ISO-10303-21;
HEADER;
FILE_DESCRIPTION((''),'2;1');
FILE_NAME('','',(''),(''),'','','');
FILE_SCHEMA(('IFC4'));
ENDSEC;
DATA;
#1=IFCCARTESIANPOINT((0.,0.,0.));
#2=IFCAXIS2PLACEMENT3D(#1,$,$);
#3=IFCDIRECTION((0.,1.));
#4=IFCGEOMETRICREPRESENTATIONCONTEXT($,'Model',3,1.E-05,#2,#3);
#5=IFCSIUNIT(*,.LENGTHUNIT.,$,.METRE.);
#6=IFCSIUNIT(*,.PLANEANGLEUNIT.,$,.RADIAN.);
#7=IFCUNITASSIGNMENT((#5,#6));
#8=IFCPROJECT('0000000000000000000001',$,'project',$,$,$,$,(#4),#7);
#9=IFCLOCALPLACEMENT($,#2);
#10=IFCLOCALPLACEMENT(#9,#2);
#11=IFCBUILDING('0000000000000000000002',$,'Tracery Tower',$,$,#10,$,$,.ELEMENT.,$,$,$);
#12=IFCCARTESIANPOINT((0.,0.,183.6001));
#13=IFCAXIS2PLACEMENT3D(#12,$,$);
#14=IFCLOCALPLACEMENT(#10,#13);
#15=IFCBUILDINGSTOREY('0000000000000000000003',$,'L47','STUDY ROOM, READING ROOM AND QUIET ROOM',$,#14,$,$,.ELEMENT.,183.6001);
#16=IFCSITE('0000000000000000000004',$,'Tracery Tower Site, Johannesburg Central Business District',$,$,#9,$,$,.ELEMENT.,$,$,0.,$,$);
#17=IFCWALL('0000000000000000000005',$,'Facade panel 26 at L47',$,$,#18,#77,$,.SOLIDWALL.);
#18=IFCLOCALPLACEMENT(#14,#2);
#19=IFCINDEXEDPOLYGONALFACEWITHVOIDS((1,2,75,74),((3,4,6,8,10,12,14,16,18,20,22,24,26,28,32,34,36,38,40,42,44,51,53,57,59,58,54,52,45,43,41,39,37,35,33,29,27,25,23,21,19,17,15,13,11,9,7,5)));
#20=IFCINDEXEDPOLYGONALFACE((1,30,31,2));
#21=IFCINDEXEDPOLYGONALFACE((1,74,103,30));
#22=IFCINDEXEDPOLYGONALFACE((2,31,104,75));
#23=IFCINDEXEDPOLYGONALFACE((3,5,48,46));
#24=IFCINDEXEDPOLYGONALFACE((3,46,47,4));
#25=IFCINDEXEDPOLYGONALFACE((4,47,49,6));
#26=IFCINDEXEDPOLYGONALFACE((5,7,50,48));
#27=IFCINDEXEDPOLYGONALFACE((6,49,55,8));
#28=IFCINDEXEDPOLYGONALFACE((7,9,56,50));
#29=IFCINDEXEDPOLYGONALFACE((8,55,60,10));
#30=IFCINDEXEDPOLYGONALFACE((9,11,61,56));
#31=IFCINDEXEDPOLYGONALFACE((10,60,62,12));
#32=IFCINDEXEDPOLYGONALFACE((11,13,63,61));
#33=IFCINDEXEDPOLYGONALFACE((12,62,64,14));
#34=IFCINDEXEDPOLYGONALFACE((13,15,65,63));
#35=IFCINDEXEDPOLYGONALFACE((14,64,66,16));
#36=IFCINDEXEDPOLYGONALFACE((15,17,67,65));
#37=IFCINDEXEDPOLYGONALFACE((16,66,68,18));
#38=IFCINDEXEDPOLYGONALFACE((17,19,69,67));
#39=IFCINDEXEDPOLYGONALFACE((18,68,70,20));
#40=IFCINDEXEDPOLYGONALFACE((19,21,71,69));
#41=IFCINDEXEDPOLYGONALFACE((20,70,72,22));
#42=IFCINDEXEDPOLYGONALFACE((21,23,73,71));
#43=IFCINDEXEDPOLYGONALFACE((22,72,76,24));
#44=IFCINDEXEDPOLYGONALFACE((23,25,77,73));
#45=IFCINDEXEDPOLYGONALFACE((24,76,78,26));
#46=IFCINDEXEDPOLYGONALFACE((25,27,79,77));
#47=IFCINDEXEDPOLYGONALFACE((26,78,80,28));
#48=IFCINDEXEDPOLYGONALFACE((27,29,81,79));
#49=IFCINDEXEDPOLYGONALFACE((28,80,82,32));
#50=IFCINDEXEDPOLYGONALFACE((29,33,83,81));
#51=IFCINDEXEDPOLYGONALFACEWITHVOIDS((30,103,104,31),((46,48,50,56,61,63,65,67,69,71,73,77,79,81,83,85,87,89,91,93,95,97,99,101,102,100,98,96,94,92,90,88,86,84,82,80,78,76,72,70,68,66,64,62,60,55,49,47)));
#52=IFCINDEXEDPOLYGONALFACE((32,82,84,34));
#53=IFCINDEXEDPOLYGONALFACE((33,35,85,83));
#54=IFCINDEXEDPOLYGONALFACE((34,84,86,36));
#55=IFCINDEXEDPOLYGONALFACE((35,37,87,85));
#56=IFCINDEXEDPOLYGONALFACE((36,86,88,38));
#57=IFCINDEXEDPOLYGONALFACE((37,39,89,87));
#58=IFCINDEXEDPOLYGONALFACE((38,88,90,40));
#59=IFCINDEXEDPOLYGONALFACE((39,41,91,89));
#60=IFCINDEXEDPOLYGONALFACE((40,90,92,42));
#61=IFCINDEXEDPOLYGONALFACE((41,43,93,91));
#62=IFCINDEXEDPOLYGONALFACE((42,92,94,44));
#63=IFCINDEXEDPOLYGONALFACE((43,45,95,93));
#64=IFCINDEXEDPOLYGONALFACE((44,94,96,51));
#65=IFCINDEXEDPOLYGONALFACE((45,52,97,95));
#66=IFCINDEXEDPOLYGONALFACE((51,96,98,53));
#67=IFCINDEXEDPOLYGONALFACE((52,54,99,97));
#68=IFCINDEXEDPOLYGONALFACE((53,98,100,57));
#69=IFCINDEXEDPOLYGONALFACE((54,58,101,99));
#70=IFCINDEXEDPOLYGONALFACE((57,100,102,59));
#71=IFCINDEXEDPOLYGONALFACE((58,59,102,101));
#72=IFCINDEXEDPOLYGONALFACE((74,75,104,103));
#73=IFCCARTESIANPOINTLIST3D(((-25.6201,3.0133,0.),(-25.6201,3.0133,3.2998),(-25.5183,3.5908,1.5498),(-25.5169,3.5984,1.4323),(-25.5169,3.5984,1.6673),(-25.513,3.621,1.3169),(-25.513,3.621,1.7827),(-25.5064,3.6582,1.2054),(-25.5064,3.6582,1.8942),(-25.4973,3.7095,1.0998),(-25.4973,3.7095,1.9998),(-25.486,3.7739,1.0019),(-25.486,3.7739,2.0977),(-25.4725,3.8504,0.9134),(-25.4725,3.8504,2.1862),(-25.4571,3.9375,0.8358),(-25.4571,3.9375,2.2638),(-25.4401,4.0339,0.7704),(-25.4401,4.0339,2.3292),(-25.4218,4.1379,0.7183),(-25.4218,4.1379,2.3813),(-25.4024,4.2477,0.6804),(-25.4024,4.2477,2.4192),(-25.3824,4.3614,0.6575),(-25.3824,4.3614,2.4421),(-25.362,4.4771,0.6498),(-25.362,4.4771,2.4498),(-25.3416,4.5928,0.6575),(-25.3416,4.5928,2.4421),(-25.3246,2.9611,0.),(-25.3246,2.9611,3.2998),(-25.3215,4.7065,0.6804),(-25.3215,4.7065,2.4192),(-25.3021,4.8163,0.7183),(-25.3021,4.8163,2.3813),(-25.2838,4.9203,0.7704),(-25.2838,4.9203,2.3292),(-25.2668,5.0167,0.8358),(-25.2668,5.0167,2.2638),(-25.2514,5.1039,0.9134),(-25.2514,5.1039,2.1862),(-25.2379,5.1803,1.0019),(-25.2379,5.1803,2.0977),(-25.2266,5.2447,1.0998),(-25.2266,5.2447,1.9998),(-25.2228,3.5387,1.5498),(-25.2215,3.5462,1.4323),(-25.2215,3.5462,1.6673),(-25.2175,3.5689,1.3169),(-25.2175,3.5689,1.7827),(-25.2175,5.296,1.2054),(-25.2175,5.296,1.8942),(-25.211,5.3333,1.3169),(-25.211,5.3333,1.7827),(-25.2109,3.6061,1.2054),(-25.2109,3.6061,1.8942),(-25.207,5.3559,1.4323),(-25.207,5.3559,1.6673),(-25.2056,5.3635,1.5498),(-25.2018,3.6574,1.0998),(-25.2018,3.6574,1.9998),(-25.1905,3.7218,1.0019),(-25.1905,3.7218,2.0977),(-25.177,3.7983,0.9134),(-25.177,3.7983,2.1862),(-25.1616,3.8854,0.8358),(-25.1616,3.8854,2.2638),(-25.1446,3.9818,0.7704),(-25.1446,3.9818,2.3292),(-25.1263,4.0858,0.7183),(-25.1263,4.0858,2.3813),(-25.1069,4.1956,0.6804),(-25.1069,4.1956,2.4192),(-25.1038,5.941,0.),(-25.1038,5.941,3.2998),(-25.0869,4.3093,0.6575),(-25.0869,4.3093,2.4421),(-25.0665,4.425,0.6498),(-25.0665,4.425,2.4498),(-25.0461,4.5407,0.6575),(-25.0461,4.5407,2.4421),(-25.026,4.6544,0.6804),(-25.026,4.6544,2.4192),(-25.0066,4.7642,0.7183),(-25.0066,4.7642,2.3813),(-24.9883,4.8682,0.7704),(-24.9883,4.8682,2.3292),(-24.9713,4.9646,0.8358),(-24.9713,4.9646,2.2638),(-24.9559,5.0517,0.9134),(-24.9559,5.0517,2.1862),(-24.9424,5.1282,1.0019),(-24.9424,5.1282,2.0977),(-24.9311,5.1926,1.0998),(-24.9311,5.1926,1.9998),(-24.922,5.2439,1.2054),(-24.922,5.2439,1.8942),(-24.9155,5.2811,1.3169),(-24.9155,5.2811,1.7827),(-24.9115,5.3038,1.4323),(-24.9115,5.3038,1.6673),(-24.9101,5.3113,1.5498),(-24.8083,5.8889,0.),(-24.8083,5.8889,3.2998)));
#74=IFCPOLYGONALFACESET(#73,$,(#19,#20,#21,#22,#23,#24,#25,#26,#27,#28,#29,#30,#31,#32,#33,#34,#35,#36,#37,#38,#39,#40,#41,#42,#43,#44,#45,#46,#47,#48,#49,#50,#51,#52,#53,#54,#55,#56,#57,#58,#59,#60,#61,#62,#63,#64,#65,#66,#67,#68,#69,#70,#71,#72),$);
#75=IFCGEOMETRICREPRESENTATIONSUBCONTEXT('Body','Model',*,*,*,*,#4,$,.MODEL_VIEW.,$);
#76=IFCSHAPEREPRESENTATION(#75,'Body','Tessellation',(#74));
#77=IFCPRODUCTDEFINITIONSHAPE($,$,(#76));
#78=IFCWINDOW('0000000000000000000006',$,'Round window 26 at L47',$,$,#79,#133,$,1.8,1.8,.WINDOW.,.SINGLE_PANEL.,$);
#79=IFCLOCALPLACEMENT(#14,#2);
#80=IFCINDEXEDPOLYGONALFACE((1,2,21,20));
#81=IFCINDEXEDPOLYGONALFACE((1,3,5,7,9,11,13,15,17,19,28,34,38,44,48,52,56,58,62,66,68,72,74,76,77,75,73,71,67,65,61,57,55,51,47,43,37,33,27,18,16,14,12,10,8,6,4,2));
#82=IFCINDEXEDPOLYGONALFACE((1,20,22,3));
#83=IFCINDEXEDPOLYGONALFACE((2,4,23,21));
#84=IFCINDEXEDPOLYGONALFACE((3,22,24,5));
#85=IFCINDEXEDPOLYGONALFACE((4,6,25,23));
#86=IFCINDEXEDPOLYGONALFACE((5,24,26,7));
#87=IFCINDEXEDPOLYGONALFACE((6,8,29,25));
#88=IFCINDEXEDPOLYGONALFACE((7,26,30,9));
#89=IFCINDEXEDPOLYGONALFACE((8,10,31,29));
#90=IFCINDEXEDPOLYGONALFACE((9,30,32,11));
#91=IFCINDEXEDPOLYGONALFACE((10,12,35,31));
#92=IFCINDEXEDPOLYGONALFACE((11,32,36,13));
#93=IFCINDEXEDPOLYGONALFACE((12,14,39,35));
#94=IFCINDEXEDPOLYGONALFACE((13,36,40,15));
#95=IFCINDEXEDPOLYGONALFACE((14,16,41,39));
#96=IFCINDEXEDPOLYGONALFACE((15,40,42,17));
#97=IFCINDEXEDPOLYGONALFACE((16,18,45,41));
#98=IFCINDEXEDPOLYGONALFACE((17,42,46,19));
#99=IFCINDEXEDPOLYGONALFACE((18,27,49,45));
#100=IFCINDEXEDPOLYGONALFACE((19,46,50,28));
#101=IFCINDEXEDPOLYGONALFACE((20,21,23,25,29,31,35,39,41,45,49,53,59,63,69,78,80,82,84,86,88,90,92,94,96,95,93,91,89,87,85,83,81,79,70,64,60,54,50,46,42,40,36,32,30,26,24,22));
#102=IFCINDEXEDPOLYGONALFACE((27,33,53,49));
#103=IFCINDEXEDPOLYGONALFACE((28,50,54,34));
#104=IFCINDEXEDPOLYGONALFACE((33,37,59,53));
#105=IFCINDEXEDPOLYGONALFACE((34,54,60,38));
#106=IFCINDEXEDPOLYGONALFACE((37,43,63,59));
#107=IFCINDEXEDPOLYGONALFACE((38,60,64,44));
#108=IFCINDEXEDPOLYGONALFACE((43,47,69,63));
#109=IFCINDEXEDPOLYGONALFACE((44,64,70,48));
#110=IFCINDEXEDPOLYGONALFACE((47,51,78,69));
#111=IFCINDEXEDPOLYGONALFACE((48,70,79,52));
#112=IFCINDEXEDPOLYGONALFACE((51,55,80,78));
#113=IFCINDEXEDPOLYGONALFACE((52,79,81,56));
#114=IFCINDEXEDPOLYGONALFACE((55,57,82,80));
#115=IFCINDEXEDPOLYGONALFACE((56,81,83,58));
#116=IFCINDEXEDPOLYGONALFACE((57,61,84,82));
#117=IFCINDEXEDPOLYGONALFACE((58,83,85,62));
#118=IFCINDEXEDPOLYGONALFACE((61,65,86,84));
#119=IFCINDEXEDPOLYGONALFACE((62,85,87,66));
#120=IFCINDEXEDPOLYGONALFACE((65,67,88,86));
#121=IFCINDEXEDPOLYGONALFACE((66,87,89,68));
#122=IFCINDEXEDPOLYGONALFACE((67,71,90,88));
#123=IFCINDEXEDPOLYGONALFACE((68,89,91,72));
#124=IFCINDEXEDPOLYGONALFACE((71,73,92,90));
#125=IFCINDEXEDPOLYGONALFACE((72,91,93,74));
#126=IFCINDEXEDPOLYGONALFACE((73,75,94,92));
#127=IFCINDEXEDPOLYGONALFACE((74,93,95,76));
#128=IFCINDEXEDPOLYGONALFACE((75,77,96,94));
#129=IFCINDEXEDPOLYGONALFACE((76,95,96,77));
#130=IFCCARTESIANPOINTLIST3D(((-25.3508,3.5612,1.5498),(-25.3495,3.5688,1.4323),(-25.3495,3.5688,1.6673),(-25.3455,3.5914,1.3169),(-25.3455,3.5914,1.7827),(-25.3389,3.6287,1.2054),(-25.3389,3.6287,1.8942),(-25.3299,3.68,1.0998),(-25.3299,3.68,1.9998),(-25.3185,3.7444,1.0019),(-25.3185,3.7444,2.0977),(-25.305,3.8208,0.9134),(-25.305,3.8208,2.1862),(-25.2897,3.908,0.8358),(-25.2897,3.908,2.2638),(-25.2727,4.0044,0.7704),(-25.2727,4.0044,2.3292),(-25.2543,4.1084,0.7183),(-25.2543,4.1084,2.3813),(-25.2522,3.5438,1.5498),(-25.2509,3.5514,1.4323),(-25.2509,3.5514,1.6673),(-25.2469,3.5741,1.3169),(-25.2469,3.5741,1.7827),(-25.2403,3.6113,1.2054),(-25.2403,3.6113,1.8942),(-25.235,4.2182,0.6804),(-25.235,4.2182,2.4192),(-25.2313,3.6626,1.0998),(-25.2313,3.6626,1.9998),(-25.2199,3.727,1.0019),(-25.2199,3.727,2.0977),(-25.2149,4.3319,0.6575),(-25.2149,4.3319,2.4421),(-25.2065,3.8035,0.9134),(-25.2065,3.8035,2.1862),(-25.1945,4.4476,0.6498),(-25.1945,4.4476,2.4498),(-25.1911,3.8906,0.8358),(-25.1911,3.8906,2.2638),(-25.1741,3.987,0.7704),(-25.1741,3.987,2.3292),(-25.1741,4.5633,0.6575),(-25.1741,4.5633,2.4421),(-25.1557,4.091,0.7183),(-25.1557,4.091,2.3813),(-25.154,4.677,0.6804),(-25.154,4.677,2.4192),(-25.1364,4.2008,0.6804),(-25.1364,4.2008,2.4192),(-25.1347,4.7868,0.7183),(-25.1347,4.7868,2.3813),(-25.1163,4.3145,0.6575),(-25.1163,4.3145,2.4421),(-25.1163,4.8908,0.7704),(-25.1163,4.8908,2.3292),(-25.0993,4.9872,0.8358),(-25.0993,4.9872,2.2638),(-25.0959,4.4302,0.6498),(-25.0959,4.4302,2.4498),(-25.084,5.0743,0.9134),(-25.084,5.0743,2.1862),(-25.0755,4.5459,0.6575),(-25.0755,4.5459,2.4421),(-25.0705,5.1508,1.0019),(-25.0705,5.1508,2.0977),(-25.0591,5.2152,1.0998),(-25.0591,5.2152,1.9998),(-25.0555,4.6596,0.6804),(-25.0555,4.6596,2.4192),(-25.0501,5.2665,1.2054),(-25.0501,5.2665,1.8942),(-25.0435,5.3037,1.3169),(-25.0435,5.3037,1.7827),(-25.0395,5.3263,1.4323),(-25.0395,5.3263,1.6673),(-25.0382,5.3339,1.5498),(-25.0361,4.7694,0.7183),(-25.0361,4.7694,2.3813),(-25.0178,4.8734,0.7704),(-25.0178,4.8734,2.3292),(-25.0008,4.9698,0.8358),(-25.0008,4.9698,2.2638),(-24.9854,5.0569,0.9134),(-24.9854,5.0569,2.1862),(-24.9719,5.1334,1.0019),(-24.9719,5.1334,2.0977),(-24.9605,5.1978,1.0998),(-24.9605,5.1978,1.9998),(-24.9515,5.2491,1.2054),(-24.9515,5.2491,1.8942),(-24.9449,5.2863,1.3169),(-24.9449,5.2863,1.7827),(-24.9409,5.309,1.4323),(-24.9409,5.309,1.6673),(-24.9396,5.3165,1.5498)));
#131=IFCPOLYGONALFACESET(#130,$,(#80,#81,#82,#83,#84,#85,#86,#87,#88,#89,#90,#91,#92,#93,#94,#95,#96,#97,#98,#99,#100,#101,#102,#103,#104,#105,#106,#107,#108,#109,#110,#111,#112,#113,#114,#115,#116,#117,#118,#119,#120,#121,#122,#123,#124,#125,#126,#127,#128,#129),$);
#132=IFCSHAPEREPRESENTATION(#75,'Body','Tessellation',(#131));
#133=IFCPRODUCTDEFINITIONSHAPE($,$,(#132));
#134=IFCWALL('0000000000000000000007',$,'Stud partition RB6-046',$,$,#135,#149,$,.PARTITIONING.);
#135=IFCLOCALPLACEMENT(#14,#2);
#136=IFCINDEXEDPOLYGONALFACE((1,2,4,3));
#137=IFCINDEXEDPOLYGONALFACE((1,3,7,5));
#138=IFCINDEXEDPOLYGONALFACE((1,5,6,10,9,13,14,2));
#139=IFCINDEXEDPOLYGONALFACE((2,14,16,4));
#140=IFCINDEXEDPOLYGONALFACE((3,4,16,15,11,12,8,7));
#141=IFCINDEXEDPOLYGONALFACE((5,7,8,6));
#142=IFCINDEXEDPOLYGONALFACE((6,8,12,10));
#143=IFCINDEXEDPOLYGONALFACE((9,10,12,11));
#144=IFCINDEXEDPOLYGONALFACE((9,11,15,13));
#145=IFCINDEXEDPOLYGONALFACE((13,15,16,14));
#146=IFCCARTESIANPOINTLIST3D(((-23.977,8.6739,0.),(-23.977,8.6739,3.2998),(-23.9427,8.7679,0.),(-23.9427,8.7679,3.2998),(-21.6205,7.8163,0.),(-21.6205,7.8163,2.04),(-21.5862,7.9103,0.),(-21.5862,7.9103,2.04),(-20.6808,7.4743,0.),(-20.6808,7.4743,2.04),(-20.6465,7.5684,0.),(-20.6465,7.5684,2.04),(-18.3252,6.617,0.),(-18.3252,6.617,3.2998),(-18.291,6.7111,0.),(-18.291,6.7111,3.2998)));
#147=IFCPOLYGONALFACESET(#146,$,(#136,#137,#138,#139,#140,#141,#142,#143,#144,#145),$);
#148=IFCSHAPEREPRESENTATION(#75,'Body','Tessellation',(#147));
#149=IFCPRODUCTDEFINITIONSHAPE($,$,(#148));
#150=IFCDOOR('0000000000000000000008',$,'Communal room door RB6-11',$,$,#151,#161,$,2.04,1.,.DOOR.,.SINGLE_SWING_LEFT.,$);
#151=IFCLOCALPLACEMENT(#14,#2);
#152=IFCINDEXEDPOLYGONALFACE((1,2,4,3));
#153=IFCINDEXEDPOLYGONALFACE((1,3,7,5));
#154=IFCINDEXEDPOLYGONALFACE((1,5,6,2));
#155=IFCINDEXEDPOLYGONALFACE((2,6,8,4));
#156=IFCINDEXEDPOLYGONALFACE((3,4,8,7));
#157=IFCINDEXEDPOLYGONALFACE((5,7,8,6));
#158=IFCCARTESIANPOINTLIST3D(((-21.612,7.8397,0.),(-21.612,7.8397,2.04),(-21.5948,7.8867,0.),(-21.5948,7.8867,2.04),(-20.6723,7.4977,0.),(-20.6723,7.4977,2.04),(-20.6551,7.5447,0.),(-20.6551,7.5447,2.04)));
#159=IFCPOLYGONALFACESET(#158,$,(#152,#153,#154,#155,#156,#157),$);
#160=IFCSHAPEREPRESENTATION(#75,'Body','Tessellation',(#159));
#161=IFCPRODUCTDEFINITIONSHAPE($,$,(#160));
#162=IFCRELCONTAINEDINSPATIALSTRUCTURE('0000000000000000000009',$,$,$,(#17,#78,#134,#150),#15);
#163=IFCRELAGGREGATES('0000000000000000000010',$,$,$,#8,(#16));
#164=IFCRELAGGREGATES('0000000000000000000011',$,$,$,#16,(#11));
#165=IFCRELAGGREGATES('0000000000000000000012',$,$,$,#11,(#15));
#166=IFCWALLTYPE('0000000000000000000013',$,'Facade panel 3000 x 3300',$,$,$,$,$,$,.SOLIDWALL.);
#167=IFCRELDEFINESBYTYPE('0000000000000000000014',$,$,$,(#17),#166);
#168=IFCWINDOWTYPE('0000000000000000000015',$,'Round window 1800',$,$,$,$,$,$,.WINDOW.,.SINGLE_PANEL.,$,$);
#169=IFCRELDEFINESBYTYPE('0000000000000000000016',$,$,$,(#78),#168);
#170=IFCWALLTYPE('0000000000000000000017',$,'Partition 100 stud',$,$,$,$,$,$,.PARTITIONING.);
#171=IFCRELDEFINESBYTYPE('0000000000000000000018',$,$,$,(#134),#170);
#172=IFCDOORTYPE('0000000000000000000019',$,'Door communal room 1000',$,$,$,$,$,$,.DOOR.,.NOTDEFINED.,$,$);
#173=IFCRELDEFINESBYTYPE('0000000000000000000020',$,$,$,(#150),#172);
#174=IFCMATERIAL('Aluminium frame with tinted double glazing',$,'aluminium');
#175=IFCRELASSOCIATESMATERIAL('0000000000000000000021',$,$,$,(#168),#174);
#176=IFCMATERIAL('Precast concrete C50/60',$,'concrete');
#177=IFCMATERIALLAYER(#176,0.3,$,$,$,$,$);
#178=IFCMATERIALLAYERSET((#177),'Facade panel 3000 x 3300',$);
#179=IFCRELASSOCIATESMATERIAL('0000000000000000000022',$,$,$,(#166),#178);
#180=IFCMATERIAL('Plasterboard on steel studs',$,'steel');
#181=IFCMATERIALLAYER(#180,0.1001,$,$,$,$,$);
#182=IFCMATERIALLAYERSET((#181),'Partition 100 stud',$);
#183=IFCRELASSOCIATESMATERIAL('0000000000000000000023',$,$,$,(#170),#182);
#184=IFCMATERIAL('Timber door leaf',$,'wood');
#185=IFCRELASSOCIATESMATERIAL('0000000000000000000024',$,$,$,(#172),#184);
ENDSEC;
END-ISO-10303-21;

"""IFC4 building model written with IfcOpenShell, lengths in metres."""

from ifc_helpers import new_model, si_unit, direction, frame, frame_2d, origin, origin_2d, place, context, subcontext, project, spatial, rectangle, circle, extrude, material, layer, layer_set, type_object, element, fill, save


model = new_model("IFC4")

# Units and contexts
model_context = context("Model", 3, precision=1e-05, world=origin(), true_north=direction((0.0, 1.0)))
body_context = subcontext(model_context, "Body", "Model", "MODEL_VIEW")
ifc_project = project(units=[si_unit("LENGTHUNIT", "METRE"), si_unit("PLANEANGLEUNIT", "RADIAN")], contexts=[model_context])

# Site, building, storey
site_placement = place(None, origin())
site = spatial("IfcSite", under=ifc_project, at=site_placement, Name="Tracery Tower Site, Johannesburg Central Business District", CompositionType="ELEMENT", RefElevation=0.0)
building_placement = place(site_placement, origin())
building = spatial("IfcBuilding", under=site, at=building_placement, Name="Tracery Tower", CompositionType="ELEMENT")
storey_placement = place(building_placement, frame((0.0, 0.0, 183.6001)))
storey = spatial("IfcBuildingStorey", under=building, at=storey_placement, Name="L47", Description="STUDY ROOM, READING ROOM AND QUIET ROOM", CompositionType="ELEMENT", Elevation=183.6001)

# Wall, opening, window
ifc_material_1 = material(Name="Aluminium frame with tinted double glazing", Category="aluminium")
window_type = type_object("IfcWindowType", Name="Round window 1800", PartitioningType="SINGLE_PANEL", PredefinedType="WINDOW", material=ifc_material_1)
ifc_material_2 = material(Name="Precast concrete C50/60", Category="concrete")
ifc_layer_1 = layer(ifc_material_2, 0.3)
ifc_layer_set_1 = layer_set([ifc_layer_1], Name="Facade panel 3000 x 3300")
wall_type_1 = type_object("IfcWallType", Name="Facade panel 3000 x 3300", PredefinedType="SOLIDWALL", material=ifc_layer_set_1)
wall_1_placement = place(storey_placement, frame((-24.9561, 5.9148, 0.0), z_axis=(0.0, 0.0, 1.0), x_axis=(-0.173687, -0.984801, 0.0)))
wall_1 = element("IfcWall", 1, at=wall_1_placement, inside=storey, type_object=wall_type_1, Name="Facade panel 26 at L47", PredefinedType="SOLIDWALL", context=body_context, shape_type="SweptSolid", body=[
    extrude(rectangle(XDim=2.9729, YDim=0.3, at=frame_2d((1.4863, 0.0))), origin(), (0.0, 0.0, 1.0), 3.2998),
])
opening_1_placement = place(wall_1_placement, frame((1.4863, 0.0, 1.5498)))
opening_1 = element("IfcOpeningElement", 2, at=opening_1_placement, cuts=wall_1, PredefinedType="OPENING", context=body_context, shape_type="SweptSolid", body=[
    extrude(circle(Radius=0.9, at=origin_2d()), frame((0.0, 0.1599, 0.0), z_axis=(0.0, -1.0, 0.0), x_axis=(1.0, 0.0, 0.0)), (0.0, 0.0, 1.0), 0.3201),
])
window_1_placement = place(opening_1_placement, origin())
window_1 = element("IfcWindow", 3, at=window_1_placement, inside=storey, type_object=window_type, Name="Round window 26 at L47", OverallHeight=1.8, OverallWidth=1.8, PartitioningType="SINGLE_PANEL", PredefinedType="WINDOW", context=body_context, shape_type="SweptSolid", body=[
    extrude(circle(Radius=0.9, at=origin_2d()), frame((0.0, 0.1201, 0.0), z_axis=(0.0, -1.0, 0.0), x_axis=(1.0, 0.0, 0.0)), (0.0, 0.0, 1.0), 0.1001),
])
fill(opening_1, window_1)

# Wall, opening, door
ifc_material_3 = material(Name="Plasterboard on steel studs", Category="steel")
ifc_layer_2 = layer(ifc_material_3, 0.1001)
ifc_layer_set_2 = layer_set([ifc_layer_2], Name="Partition 100 stud")
wall_type_2 = type_object("IfcWallType", Name="Partition 100 stud", PredefinedType="PARTITIONING", material=ifc_layer_set_2)
wall_2_placement = place(storey_placement, frame((-23.96, 8.7209, 0.0), z_axis=(0.0, 0.0, 1.0), x_axis=(0.939705, -0.341987, 0.0)))
wall_2 = element("IfcWall", 4, at=wall_2_placement, inside=storey, type_object=wall_type_2, Name="Stud partition RB6-046", PredefinedType="PARTITIONING", context=body_context, shape_type="SweptSolid", body=[
    extrude(rectangle(XDim=6.0144, YDim=0.1001, at=frame_2d((3.0073, 0.0))), origin(), (0.0, 0.0, 1.0), 3.2998),
])
opening_2_placement = place(wall_2_placement, frame((2.5078, 0.0, 0.0)))
opening_2 = element("IfcOpeningElement", 5, at=opening_2_placement, cuts=wall_2, PredefinedType="OPENING", context=body_context, shape_type="SweptSolid", body=[
    extrude(rectangle(XDim=1.0, YDim=2.04, at=frame_2d((0.5, 1.02))), frame((0.0, 0.05, 0.0), z_axis=(0.0, -1.0, 0.0), x_axis=(1.0, 0.0, 0.0)), (0.0, 0.0, 1.0), 0.1001),
])
ifc_material_4 = material(Name="Timber door leaf", Category="wood")
door_type_1 = type_object("IfcDoorType", Name="Door communal room 1000", OperationType="NOTDEFINED", PredefinedType="DOOR", material=ifc_material_4)
door_1_placement = place(opening_2_placement, origin())
door_1 = element("IfcDoor", 6, at=door_1_placement, inside=storey, type_object=door_type_1, Name="Communal room door RB6-11", OperationType="SINGLE_SWING_LEFT", OverallHeight=2.04, OverallWidth=1.0, PredefinedType="DOOR", context=body_context, shape_type="SweptSolid", body=[
    extrude(rectangle(XDim=1.0, YDim=2.04, at=frame_2d((0.5, 1.02))), frame((0.0, 0.0249, 0.0), z_axis=(0.0, -1.0, 0.0), x_axis=(1.0, 0.0, 0.0)), (0.0, 0.0, 1.0), 0.05),
])
fill(opening_2, door_1)

save(model, "model.ifc")
